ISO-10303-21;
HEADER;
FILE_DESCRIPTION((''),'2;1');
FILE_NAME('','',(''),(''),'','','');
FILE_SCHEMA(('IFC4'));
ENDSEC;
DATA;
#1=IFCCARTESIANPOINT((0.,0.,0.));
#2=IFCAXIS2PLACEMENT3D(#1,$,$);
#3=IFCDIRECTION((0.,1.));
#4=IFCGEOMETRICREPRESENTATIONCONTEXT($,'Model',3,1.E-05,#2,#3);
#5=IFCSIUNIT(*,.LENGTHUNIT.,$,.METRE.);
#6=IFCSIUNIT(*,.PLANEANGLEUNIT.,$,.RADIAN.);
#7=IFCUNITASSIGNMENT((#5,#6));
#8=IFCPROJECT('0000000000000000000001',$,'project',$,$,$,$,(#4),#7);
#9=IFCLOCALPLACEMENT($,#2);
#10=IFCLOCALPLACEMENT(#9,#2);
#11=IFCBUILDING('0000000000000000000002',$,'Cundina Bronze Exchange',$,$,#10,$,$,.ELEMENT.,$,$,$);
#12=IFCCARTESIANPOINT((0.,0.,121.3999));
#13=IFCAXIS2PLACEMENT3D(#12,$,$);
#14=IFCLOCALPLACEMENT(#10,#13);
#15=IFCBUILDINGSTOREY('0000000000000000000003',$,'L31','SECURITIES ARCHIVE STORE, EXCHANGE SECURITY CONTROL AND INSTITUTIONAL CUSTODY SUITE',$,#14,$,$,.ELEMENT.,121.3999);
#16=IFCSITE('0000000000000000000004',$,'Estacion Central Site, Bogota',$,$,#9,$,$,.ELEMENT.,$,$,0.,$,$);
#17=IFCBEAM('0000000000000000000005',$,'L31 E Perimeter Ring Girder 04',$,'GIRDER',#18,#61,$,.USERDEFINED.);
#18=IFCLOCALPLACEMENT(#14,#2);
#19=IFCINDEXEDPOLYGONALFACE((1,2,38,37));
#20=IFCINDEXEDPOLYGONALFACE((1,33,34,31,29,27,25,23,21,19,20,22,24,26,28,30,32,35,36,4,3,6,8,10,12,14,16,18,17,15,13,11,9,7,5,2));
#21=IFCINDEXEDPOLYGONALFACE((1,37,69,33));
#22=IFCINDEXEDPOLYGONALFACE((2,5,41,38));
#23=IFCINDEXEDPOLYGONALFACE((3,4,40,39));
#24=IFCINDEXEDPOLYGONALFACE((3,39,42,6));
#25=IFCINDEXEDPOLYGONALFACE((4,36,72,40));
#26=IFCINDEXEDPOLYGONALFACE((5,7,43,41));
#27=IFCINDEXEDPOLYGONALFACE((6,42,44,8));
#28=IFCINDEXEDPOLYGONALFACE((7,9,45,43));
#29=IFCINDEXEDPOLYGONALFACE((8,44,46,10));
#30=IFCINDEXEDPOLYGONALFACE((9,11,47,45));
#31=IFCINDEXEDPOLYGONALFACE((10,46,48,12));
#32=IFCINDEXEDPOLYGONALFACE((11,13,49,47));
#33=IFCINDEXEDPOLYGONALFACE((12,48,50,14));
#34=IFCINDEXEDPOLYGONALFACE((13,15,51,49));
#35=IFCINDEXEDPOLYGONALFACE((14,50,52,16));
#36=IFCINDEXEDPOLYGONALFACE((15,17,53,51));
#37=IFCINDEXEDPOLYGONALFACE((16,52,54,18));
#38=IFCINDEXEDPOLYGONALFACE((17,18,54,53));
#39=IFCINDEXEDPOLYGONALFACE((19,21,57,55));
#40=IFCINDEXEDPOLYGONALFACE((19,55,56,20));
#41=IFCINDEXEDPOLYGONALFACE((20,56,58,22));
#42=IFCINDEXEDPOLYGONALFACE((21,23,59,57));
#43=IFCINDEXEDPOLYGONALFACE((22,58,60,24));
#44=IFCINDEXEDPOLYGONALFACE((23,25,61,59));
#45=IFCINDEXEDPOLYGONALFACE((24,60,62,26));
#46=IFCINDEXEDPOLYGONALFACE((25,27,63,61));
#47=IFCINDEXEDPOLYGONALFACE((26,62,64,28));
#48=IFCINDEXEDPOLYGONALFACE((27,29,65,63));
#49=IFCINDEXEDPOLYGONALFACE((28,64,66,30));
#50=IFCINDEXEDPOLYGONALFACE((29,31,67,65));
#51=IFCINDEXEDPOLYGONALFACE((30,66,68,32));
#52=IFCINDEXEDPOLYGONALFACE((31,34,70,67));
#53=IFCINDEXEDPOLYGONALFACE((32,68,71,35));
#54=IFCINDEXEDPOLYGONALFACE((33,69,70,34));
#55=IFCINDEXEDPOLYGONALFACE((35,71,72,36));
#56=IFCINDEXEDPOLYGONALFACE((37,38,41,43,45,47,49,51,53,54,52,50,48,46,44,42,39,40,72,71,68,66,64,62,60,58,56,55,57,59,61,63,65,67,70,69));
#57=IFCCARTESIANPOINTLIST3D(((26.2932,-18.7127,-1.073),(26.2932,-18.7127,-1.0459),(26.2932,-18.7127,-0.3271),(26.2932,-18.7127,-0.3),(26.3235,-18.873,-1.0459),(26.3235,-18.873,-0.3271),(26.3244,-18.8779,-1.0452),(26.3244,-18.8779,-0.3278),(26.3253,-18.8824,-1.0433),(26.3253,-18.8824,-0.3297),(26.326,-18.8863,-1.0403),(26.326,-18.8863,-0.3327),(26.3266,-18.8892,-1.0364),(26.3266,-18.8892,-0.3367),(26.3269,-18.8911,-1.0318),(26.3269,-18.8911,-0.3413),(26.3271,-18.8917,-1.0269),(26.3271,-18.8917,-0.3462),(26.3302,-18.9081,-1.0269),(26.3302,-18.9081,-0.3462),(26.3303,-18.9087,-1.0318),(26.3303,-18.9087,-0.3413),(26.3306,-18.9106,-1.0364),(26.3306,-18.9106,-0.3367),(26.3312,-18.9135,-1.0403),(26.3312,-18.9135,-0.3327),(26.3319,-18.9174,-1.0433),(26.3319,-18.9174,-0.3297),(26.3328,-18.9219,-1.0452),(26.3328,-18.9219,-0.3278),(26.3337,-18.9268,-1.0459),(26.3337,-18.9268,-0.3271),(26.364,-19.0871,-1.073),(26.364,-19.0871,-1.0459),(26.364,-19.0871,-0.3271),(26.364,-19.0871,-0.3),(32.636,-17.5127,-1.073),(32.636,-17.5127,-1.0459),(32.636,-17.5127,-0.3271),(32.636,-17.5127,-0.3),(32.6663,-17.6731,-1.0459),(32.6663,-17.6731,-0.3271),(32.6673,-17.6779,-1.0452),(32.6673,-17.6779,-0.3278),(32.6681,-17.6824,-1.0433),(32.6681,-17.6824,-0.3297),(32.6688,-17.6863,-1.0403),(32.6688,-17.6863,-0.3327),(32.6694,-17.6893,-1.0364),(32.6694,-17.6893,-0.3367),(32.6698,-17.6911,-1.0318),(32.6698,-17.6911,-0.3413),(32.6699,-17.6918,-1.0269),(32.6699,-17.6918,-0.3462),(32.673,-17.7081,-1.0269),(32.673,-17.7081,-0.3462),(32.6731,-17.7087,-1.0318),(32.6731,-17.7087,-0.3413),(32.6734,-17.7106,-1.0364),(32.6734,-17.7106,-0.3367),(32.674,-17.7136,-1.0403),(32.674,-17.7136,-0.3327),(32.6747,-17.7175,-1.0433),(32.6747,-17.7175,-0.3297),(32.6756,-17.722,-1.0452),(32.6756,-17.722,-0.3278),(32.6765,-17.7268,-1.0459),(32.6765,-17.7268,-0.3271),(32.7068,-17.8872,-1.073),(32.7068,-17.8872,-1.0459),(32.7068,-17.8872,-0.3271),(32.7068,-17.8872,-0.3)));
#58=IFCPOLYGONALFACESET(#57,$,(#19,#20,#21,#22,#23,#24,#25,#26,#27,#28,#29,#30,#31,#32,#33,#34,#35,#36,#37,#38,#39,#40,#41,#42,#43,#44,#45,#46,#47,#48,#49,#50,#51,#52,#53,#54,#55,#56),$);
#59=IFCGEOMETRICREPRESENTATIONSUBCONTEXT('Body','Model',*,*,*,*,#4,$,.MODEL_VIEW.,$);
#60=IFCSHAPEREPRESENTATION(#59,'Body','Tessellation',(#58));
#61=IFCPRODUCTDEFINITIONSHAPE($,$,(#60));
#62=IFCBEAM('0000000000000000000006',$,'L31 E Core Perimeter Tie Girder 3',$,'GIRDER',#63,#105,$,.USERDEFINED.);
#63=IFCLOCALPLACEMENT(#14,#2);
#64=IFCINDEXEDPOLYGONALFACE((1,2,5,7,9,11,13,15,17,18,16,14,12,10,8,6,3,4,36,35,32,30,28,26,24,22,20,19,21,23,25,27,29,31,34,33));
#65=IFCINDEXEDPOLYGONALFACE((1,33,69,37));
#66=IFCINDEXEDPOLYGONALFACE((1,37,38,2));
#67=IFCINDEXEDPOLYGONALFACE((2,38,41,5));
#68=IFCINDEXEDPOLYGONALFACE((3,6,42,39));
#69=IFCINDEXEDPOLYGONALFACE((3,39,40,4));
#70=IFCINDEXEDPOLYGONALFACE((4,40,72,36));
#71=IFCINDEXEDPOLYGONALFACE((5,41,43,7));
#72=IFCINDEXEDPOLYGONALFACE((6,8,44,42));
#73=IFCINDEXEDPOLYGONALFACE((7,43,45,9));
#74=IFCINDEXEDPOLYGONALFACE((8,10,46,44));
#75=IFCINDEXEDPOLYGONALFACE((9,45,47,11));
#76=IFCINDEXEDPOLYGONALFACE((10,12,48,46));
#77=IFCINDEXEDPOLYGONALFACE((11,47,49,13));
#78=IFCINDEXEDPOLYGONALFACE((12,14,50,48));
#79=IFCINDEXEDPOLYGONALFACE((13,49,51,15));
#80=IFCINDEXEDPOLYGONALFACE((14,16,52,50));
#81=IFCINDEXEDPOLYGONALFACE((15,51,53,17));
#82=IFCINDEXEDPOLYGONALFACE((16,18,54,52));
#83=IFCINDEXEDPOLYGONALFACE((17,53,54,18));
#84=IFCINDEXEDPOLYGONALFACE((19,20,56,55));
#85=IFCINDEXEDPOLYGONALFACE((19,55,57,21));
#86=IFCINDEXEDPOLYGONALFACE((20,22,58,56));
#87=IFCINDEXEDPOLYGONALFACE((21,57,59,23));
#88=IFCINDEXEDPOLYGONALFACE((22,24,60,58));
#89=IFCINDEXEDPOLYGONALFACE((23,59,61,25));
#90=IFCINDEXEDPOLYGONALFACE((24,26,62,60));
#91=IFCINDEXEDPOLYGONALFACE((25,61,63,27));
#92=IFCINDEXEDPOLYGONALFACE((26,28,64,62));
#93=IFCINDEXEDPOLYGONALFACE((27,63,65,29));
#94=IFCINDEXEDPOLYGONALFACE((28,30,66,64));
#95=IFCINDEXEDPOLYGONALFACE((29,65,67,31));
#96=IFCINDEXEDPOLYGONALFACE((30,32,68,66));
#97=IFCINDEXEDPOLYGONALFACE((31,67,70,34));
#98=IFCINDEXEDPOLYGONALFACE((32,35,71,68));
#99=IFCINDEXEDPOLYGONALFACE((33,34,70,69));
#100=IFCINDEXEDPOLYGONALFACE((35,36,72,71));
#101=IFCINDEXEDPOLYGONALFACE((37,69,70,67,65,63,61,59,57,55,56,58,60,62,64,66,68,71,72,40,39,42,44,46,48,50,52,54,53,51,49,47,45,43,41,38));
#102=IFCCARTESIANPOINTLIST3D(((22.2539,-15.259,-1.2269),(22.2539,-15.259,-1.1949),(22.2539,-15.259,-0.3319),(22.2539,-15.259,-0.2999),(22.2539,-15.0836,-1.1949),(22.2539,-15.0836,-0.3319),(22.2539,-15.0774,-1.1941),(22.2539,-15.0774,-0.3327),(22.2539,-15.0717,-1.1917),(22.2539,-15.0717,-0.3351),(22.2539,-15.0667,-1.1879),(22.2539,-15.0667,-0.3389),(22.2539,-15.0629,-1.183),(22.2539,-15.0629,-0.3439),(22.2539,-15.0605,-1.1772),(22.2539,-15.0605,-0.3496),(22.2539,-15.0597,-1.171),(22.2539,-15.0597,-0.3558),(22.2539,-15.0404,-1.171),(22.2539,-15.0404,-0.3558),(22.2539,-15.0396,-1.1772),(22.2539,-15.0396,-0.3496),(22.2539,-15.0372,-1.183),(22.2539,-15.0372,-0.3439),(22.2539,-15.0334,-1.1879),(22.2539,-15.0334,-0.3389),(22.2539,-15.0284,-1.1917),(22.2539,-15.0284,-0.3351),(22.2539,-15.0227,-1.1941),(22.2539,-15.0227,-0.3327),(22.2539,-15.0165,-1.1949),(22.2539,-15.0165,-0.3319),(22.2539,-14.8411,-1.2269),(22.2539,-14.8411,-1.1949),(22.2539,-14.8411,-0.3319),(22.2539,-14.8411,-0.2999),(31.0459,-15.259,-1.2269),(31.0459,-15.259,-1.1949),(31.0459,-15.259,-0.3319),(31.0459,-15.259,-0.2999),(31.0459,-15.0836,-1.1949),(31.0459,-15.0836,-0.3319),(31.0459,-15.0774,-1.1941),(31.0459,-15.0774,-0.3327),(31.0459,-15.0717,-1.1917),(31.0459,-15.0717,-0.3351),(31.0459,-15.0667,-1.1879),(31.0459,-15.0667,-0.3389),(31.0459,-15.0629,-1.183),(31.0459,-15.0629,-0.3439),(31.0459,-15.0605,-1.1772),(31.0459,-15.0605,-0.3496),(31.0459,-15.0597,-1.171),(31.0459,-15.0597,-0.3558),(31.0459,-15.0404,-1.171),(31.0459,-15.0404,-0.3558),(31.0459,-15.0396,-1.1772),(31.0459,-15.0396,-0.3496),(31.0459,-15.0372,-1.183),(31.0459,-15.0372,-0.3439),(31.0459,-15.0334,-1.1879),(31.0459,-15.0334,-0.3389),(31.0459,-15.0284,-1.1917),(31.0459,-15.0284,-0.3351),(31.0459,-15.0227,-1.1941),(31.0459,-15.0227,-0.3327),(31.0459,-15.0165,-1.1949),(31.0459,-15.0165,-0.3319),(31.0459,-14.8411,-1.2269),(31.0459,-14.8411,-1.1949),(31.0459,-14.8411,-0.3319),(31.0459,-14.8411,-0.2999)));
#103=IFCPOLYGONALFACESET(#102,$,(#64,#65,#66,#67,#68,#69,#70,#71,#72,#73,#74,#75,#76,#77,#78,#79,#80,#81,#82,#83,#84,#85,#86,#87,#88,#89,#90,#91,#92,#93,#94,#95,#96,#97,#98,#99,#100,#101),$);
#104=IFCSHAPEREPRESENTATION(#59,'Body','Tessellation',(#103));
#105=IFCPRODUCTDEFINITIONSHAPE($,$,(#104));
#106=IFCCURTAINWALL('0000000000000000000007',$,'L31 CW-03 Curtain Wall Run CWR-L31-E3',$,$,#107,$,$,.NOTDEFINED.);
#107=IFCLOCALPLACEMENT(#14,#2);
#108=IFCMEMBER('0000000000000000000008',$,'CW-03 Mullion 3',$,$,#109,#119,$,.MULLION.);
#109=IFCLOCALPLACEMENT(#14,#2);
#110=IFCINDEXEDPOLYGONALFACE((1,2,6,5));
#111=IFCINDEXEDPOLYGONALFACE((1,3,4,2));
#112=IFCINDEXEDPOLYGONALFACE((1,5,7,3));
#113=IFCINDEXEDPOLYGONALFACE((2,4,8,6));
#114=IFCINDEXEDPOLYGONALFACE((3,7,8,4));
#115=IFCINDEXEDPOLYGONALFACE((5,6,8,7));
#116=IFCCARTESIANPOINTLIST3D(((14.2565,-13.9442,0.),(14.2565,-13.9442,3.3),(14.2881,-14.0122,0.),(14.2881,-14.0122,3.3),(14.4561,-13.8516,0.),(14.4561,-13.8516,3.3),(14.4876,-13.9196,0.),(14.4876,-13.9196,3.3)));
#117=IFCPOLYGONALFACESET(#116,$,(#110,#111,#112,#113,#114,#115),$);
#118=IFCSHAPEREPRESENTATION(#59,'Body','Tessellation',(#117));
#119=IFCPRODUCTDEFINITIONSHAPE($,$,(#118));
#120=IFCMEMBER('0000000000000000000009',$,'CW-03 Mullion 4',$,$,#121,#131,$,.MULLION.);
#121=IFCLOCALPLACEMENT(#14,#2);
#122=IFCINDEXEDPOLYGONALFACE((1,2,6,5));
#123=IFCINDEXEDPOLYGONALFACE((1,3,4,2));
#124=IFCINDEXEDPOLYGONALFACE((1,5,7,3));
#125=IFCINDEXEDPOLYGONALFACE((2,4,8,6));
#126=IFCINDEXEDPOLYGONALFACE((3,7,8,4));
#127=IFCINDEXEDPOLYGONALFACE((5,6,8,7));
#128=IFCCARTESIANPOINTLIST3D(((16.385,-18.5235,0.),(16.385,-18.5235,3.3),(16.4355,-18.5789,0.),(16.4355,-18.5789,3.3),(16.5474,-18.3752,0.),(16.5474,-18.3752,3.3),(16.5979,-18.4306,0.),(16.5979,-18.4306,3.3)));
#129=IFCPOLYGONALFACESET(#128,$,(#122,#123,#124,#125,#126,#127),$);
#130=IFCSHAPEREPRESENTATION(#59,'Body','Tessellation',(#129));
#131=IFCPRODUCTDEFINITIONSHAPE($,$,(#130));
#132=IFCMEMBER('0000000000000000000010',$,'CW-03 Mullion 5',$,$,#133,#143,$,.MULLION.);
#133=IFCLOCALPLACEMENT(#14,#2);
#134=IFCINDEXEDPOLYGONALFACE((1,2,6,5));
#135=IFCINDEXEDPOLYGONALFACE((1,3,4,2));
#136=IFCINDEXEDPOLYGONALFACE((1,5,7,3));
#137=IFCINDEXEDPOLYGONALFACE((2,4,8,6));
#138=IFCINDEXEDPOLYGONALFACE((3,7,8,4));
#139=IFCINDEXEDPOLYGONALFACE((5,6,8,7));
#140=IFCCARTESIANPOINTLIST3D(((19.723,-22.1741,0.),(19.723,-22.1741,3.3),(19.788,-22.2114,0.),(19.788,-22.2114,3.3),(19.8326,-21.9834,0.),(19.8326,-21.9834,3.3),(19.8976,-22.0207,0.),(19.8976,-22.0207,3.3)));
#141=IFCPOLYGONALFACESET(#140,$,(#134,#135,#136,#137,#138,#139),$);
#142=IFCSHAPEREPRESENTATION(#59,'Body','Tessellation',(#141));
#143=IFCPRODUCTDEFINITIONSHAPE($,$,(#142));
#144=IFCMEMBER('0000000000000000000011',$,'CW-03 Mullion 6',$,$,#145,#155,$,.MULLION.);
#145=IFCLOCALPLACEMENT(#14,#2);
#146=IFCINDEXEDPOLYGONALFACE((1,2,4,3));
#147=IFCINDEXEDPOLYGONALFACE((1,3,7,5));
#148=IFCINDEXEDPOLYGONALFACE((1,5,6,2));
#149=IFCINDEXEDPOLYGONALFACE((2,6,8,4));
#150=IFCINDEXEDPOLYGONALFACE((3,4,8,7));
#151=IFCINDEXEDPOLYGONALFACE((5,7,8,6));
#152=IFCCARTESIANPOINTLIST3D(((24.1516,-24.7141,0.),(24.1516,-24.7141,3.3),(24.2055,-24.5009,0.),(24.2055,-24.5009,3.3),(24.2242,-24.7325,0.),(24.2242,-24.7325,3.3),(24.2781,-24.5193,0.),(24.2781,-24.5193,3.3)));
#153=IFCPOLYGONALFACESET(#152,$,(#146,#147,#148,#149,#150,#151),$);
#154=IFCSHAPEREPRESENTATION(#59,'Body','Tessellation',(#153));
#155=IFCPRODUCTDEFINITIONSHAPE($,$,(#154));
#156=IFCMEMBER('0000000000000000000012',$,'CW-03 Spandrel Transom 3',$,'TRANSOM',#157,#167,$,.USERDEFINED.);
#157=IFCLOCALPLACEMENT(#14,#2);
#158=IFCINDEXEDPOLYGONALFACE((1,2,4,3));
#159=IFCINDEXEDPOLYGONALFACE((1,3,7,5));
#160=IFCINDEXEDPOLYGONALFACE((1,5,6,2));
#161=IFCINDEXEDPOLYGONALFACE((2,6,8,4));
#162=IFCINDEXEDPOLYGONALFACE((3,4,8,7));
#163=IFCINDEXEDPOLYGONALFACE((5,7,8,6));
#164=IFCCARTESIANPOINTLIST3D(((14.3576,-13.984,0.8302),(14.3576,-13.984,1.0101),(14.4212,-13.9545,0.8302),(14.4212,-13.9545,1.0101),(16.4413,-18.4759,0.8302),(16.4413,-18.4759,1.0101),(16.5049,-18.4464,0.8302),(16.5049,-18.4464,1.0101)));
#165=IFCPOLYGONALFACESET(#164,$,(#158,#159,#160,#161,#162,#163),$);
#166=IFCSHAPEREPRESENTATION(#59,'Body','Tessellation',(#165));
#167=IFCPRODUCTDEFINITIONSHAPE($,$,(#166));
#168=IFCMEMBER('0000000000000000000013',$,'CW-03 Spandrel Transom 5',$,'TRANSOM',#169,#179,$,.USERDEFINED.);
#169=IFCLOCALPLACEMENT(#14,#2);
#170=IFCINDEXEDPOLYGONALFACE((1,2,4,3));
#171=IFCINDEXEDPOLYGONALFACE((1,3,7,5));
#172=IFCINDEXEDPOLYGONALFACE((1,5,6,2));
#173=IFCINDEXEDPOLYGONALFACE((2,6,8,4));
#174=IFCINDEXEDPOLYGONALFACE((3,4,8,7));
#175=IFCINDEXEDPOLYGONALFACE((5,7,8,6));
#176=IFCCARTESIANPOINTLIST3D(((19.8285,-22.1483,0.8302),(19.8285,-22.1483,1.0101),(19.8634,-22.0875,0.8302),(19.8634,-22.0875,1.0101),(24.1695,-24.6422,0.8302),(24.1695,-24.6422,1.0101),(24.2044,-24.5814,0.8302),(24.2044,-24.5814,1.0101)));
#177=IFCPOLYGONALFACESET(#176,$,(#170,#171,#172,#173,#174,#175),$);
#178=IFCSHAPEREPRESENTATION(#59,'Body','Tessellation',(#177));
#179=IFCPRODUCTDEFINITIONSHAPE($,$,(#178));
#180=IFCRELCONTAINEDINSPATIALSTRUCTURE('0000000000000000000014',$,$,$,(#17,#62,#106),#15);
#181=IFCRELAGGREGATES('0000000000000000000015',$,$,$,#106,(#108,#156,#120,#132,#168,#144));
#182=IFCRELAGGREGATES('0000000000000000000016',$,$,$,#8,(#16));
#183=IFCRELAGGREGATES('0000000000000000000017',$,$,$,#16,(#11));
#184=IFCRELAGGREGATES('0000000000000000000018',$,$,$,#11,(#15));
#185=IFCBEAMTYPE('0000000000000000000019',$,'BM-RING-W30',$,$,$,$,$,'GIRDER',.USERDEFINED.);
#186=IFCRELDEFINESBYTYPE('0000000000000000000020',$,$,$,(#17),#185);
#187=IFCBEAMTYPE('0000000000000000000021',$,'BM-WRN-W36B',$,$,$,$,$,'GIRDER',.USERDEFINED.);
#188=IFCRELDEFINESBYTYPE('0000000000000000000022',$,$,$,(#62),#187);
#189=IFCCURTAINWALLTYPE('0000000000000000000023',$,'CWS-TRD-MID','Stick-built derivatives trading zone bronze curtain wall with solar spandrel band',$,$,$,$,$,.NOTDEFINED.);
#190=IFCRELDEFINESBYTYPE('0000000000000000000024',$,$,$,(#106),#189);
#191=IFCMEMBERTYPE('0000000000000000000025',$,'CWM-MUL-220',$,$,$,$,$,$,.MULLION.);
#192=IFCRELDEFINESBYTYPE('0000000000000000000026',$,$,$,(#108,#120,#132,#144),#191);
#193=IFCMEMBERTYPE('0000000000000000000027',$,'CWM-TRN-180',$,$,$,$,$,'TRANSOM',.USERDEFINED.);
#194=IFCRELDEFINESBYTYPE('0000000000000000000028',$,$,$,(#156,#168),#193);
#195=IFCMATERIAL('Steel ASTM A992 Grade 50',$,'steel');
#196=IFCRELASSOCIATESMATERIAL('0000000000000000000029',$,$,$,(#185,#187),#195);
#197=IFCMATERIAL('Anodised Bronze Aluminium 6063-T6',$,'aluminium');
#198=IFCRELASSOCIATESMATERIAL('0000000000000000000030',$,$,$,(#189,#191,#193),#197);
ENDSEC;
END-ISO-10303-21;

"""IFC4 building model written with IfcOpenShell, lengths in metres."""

from ifc_helpers import new_model, si_unit, direction, frame, origin, origin_2d, place, context, subcontext, project, spatial, rectangle, i_section, extrude, material, material_profile, profile_set, type_object, element, aggregate, save


model = new_model("IFC4")

# Units and contexts
model_context = context("Model", 3, precision=1e-05, world=origin(), true_north=direction((0.0, 1.0)))
body_context = subcontext(model_context, "Body", "Model", "MODEL_VIEW")
ifc_project = project(units=[si_unit("LENGTHUNIT", "METRE"), si_unit("PLANEANGLEUNIT", "RADIAN")], contexts=[model_context])

# Site, building, storey
site_placement = place(None, origin())
site = spatial("IfcSite", under=ifc_project, at=site_placement, Name="Estacion Central Site, Bogota", CompositionType="ELEMENT", RefElevation=0.0)
building_placement = place(site_placement, origin())
building = spatial("IfcBuilding", under=site, at=building_placement, Name="Cundina Bronze Exchange", CompositionType="ELEMENT")
storey_placement = place(building_placement, frame((0.0, 0.0, 121.3999)))
storey = spatial("IfcBuildingStorey", under=building, at=storey_placement, Name="L31", Description="SECURITIES ARCHIVE STORE, EXCHANGE SECURITY CONTROL AND INSTITUTIONAL CUSTODY SUITE", CompositionType="ELEMENT", Elevation=121.3999)

# Shared definitions
ifc_material_1 = material(Name="Steel ASTM A992 Grade 50", Category="steel")

# Beams
ifc_material_profile_1 = material_profile(ifc_material_1, i_section(OverallWidth=0.3811, OverallDepth=0.7729, WebThickness=0.0166, FlangeThickness=0.0271, FilletRadius=0.019, at=origin_2d()), Name="W30X173", Category="steel")
ifc_profile_set_1 = profile_set([ifc_material_profile_1], Name="Steel ASTM A992 Grade 50")
beam_type_1 = type_object("IfcBeamType", Name="BM-RING-W30", ElementType="GIRDER", PredefinedType="USERDEFINED", material=ifc_profile_set_1)
beam_1_placement = place(storey_placement, frame((26.3286, -18.8999, -0.6865), z_axis=(0.982571, 0.185887, 0.0), x_axis=(-0.185887, 0.982571, 0.0)))
element("IfcBeam", 1, at=beam_1_placement, inside=storey, type_object=beam_type_1, Name="L31 E Perimeter Ring Girder 04", ObjectType="GIRDER", PredefinedType="USERDEFINED", context=body_context, shape_type="SweptSolid", body=[
    extrude(i_section(OverallWidth=0.3811, OverallDepth=0.7729, WebThickness=0.0166, FlangeThickness=0.0271, FilletRadius=0.019, at=origin_2d()), origin(), (0.0, 0.0, 1.0), 6.4553),
])
ifc_material_profile_2 = material_profile(ifc_material_1, i_section(OverallWidth=0.418, OverallDepth=0.927, WebThickness=0.0193, FlangeThickness=0.032, FilletRadius=0.0239, at=origin_2d()), Name="W36X231", Category="steel")
ifc_profile_set_2 = profile_set([ifc_material_profile_2], Name="Steel ASTM A992 Grade 50")
beam_type_2 = type_object("IfcBeamType", Name="BM-WRN-W36B", ElementType="GIRDER", PredefinedType="USERDEFINED", material=ifc_profile_set_2)
beam_2_placement = place(storey_placement, frame((22.2539, -15.05, -0.7634), z_axis=(1.0, 0.0, 0.0), x_axis=(0.0, 1.0, 0.0)))
element("IfcBeam", 2, at=beam_2_placement, inside=storey, type_object=beam_type_2, Name="L31 E Core Perimeter Tie Girder 3", ObjectType="GIRDER", PredefinedType="USERDEFINED", context=body_context, shape_type="SweptSolid", body=[
    extrude(i_section(OverallWidth=0.418, OverallDepth=0.927, WebThickness=0.0193, FlangeThickness=0.032, FilletRadius=0.0239, at=origin_2d()), origin(), (0.0, 0.0, 1.0), 8.792),
])

# Curtain wall, members
ifc_material_2 = material(Name="Anodised Bronze Aluminium 6063-T6", Category="aluminium")
curtain_wall_type = type_object("IfcCurtainWallType", Name="CWS-TRD-MID", Description="Stick-built derivatives trading zone bronze curtain wall with solar spandrel band", PredefinedType="NOTDEFINED", material=ifc_material_2)
curtain_wall_placement = place(storey_placement, origin())
curtain_wall = element("IfcCurtainWall", 3, at=curtain_wall_placement, inside=storey, type_object=curtain_wall_type, Name="L31 CW-03 Curtain Wall Run CWR-L31-E3", PredefinedType="NOTDEFINED")
ifc_material_profile_3 = material_profile(ifc_material_2, rectangle(XDim=0.075, YDim=0.22, at=origin_2d()), Name="AL75X220", Category="aluminium")
ifc_profile_set_3 = profile_set([ifc_material_profile_3], Name="Anodised Bronze Aluminium 6063-T6")
member_type_1 = type_object("IfcMemberType", Name="CWM-MUL-220", PredefinedType="MULLION", material=ifc_profile_set_3)
member_1_placement = place(storey_placement, frame((14.3721, -13.9319, 0.0), z_axis=(0.0, 0.0, 1.0), x_axis=(0.420877, -0.907117, 0.0)))
member_1 = element("IfcMember", 4, at=member_1_placement, type_object=member_type_1, Name="CW-03 Mullion 3", PredefinedType="MULLION", context=body_context, shape_type="SweptSolid", body=[
    extrude(rectangle(XDim=0.075, YDim=0.22, at=origin_2d()), origin(), (0.0, 0.0, 1.0), 3.3),
])
member_2_placement = place(storey_placement, frame((16.4915, -18.4771, 0.0), z_axis=(0.0, 0.0, 1.0), x_axis=(0.674302, -0.738455, 0.0)))
member_2 = element("IfcMember", 5, at=member_2_placement, type_object=member_type_1, Name="CW-03 Mullion 4", PredefinedType="MULLION", context=body_context, shape_type="SweptSolid", body=[
    extrude(rectangle(XDim=0.075, YDim=0.22, at=origin_2d()), origin(), (0.0, 0.0, 1.0), 3.3),
])
member_3_placement = place(storey_placement, frame((19.8103, -22.0974, 0.0), z_axis=(0.0, 0.0, 1.0), x_axis=(0.867071, -0.498185, 0.0)))
member_3 = element("IfcMember", 6, at=member_3_placement, type_object=member_type_1, Name="CW-03 Mullion 5", PredefinedType="MULLION", context=body_context, shape_type="SweptSolid", body=[
    extrude(rectangle(XDim=0.075, YDim=0.22, at=origin_2d()), origin(), (0.0, 0.0, 1.0), 3.3),
])
member_4_placement = place(storey_placement, frame((24.2148, -24.6167, 0.0), z_axis=(0.0, 0.0, 1.0), x_axis=(0.969488, -0.245138, 0.0)))
member_4 = element("IfcMember", 7, at=member_4_placement, type_object=member_type_1, Name="CW-03 Mullion 6", PredefinedType="MULLION", context=body_context, shape_type="SweptSolid", body=[
    extrude(rectangle(XDim=0.075, YDim=0.22, at=origin_2d()), origin(), (0.0, 0.0, 1.0), 3.3),
])
ifc_material_profile_4 = material_profile(ifc_material_2, rectangle(XDim=0.0701, YDim=0.1799, at=origin_2d()), Name="AL70X180", Category="aluminium")
ifc_profile_set_4 = profile_set([ifc_material_profile_4], Name="Anodised Bronze Aluminium 6063-T6")
member_type_2 = type_object("IfcMemberType", Name="CWM-TRN-180", ElementType="TRANSOM", PredefinedType="USERDEFINED", material=ifc_profile_set_4)
member_5_placement = place(storey_placement, frame((14.3894, -13.9692, 0.9202), z_axis=(0.420811, -0.907148, 0.0), x_axis=(0.907148, 0.420811, 0.0)))
member_5 = element("IfcMember", 8, at=member_5_placement, type_object=member_type_2, Name="CW-03 Spandrel Transom 3", ObjectType="TRANSOM", PredefinedType="USERDEFINED", context=body_context, shape_type="SweptSolid", body=[
    extrude(rectangle(XDim=0.0701, YDim=0.1799, at=origin_2d()), origin(), (0.0, 0.0, 1.0), 4.9517),
])
member_6_placement = place(storey_placement, frame((19.8459, -22.1179, 0.9202), z_axis=(0.867097, -0.498139, 0.0), x_axis=(0.498139, 0.867097, 0.0)))
member_6 = element("IfcMember", 9, at=member_6_placement, type_object=member_type_2, Name="CW-03 Spandrel Transom 5", ObjectType="TRANSOM", PredefinedType="USERDEFINED", context=body_context, shape_type="SweptSolid", body=[
    extrude(rectangle(XDim=0.0701, YDim=0.1799, at=origin_2d()), origin(), (0.0, 0.0, 1.0), 5.0063),
])
aggregate(curtain_wall, [member_1, member_5, member_2, member_3, member_6, member_4])

save(model, "model.ifc")
